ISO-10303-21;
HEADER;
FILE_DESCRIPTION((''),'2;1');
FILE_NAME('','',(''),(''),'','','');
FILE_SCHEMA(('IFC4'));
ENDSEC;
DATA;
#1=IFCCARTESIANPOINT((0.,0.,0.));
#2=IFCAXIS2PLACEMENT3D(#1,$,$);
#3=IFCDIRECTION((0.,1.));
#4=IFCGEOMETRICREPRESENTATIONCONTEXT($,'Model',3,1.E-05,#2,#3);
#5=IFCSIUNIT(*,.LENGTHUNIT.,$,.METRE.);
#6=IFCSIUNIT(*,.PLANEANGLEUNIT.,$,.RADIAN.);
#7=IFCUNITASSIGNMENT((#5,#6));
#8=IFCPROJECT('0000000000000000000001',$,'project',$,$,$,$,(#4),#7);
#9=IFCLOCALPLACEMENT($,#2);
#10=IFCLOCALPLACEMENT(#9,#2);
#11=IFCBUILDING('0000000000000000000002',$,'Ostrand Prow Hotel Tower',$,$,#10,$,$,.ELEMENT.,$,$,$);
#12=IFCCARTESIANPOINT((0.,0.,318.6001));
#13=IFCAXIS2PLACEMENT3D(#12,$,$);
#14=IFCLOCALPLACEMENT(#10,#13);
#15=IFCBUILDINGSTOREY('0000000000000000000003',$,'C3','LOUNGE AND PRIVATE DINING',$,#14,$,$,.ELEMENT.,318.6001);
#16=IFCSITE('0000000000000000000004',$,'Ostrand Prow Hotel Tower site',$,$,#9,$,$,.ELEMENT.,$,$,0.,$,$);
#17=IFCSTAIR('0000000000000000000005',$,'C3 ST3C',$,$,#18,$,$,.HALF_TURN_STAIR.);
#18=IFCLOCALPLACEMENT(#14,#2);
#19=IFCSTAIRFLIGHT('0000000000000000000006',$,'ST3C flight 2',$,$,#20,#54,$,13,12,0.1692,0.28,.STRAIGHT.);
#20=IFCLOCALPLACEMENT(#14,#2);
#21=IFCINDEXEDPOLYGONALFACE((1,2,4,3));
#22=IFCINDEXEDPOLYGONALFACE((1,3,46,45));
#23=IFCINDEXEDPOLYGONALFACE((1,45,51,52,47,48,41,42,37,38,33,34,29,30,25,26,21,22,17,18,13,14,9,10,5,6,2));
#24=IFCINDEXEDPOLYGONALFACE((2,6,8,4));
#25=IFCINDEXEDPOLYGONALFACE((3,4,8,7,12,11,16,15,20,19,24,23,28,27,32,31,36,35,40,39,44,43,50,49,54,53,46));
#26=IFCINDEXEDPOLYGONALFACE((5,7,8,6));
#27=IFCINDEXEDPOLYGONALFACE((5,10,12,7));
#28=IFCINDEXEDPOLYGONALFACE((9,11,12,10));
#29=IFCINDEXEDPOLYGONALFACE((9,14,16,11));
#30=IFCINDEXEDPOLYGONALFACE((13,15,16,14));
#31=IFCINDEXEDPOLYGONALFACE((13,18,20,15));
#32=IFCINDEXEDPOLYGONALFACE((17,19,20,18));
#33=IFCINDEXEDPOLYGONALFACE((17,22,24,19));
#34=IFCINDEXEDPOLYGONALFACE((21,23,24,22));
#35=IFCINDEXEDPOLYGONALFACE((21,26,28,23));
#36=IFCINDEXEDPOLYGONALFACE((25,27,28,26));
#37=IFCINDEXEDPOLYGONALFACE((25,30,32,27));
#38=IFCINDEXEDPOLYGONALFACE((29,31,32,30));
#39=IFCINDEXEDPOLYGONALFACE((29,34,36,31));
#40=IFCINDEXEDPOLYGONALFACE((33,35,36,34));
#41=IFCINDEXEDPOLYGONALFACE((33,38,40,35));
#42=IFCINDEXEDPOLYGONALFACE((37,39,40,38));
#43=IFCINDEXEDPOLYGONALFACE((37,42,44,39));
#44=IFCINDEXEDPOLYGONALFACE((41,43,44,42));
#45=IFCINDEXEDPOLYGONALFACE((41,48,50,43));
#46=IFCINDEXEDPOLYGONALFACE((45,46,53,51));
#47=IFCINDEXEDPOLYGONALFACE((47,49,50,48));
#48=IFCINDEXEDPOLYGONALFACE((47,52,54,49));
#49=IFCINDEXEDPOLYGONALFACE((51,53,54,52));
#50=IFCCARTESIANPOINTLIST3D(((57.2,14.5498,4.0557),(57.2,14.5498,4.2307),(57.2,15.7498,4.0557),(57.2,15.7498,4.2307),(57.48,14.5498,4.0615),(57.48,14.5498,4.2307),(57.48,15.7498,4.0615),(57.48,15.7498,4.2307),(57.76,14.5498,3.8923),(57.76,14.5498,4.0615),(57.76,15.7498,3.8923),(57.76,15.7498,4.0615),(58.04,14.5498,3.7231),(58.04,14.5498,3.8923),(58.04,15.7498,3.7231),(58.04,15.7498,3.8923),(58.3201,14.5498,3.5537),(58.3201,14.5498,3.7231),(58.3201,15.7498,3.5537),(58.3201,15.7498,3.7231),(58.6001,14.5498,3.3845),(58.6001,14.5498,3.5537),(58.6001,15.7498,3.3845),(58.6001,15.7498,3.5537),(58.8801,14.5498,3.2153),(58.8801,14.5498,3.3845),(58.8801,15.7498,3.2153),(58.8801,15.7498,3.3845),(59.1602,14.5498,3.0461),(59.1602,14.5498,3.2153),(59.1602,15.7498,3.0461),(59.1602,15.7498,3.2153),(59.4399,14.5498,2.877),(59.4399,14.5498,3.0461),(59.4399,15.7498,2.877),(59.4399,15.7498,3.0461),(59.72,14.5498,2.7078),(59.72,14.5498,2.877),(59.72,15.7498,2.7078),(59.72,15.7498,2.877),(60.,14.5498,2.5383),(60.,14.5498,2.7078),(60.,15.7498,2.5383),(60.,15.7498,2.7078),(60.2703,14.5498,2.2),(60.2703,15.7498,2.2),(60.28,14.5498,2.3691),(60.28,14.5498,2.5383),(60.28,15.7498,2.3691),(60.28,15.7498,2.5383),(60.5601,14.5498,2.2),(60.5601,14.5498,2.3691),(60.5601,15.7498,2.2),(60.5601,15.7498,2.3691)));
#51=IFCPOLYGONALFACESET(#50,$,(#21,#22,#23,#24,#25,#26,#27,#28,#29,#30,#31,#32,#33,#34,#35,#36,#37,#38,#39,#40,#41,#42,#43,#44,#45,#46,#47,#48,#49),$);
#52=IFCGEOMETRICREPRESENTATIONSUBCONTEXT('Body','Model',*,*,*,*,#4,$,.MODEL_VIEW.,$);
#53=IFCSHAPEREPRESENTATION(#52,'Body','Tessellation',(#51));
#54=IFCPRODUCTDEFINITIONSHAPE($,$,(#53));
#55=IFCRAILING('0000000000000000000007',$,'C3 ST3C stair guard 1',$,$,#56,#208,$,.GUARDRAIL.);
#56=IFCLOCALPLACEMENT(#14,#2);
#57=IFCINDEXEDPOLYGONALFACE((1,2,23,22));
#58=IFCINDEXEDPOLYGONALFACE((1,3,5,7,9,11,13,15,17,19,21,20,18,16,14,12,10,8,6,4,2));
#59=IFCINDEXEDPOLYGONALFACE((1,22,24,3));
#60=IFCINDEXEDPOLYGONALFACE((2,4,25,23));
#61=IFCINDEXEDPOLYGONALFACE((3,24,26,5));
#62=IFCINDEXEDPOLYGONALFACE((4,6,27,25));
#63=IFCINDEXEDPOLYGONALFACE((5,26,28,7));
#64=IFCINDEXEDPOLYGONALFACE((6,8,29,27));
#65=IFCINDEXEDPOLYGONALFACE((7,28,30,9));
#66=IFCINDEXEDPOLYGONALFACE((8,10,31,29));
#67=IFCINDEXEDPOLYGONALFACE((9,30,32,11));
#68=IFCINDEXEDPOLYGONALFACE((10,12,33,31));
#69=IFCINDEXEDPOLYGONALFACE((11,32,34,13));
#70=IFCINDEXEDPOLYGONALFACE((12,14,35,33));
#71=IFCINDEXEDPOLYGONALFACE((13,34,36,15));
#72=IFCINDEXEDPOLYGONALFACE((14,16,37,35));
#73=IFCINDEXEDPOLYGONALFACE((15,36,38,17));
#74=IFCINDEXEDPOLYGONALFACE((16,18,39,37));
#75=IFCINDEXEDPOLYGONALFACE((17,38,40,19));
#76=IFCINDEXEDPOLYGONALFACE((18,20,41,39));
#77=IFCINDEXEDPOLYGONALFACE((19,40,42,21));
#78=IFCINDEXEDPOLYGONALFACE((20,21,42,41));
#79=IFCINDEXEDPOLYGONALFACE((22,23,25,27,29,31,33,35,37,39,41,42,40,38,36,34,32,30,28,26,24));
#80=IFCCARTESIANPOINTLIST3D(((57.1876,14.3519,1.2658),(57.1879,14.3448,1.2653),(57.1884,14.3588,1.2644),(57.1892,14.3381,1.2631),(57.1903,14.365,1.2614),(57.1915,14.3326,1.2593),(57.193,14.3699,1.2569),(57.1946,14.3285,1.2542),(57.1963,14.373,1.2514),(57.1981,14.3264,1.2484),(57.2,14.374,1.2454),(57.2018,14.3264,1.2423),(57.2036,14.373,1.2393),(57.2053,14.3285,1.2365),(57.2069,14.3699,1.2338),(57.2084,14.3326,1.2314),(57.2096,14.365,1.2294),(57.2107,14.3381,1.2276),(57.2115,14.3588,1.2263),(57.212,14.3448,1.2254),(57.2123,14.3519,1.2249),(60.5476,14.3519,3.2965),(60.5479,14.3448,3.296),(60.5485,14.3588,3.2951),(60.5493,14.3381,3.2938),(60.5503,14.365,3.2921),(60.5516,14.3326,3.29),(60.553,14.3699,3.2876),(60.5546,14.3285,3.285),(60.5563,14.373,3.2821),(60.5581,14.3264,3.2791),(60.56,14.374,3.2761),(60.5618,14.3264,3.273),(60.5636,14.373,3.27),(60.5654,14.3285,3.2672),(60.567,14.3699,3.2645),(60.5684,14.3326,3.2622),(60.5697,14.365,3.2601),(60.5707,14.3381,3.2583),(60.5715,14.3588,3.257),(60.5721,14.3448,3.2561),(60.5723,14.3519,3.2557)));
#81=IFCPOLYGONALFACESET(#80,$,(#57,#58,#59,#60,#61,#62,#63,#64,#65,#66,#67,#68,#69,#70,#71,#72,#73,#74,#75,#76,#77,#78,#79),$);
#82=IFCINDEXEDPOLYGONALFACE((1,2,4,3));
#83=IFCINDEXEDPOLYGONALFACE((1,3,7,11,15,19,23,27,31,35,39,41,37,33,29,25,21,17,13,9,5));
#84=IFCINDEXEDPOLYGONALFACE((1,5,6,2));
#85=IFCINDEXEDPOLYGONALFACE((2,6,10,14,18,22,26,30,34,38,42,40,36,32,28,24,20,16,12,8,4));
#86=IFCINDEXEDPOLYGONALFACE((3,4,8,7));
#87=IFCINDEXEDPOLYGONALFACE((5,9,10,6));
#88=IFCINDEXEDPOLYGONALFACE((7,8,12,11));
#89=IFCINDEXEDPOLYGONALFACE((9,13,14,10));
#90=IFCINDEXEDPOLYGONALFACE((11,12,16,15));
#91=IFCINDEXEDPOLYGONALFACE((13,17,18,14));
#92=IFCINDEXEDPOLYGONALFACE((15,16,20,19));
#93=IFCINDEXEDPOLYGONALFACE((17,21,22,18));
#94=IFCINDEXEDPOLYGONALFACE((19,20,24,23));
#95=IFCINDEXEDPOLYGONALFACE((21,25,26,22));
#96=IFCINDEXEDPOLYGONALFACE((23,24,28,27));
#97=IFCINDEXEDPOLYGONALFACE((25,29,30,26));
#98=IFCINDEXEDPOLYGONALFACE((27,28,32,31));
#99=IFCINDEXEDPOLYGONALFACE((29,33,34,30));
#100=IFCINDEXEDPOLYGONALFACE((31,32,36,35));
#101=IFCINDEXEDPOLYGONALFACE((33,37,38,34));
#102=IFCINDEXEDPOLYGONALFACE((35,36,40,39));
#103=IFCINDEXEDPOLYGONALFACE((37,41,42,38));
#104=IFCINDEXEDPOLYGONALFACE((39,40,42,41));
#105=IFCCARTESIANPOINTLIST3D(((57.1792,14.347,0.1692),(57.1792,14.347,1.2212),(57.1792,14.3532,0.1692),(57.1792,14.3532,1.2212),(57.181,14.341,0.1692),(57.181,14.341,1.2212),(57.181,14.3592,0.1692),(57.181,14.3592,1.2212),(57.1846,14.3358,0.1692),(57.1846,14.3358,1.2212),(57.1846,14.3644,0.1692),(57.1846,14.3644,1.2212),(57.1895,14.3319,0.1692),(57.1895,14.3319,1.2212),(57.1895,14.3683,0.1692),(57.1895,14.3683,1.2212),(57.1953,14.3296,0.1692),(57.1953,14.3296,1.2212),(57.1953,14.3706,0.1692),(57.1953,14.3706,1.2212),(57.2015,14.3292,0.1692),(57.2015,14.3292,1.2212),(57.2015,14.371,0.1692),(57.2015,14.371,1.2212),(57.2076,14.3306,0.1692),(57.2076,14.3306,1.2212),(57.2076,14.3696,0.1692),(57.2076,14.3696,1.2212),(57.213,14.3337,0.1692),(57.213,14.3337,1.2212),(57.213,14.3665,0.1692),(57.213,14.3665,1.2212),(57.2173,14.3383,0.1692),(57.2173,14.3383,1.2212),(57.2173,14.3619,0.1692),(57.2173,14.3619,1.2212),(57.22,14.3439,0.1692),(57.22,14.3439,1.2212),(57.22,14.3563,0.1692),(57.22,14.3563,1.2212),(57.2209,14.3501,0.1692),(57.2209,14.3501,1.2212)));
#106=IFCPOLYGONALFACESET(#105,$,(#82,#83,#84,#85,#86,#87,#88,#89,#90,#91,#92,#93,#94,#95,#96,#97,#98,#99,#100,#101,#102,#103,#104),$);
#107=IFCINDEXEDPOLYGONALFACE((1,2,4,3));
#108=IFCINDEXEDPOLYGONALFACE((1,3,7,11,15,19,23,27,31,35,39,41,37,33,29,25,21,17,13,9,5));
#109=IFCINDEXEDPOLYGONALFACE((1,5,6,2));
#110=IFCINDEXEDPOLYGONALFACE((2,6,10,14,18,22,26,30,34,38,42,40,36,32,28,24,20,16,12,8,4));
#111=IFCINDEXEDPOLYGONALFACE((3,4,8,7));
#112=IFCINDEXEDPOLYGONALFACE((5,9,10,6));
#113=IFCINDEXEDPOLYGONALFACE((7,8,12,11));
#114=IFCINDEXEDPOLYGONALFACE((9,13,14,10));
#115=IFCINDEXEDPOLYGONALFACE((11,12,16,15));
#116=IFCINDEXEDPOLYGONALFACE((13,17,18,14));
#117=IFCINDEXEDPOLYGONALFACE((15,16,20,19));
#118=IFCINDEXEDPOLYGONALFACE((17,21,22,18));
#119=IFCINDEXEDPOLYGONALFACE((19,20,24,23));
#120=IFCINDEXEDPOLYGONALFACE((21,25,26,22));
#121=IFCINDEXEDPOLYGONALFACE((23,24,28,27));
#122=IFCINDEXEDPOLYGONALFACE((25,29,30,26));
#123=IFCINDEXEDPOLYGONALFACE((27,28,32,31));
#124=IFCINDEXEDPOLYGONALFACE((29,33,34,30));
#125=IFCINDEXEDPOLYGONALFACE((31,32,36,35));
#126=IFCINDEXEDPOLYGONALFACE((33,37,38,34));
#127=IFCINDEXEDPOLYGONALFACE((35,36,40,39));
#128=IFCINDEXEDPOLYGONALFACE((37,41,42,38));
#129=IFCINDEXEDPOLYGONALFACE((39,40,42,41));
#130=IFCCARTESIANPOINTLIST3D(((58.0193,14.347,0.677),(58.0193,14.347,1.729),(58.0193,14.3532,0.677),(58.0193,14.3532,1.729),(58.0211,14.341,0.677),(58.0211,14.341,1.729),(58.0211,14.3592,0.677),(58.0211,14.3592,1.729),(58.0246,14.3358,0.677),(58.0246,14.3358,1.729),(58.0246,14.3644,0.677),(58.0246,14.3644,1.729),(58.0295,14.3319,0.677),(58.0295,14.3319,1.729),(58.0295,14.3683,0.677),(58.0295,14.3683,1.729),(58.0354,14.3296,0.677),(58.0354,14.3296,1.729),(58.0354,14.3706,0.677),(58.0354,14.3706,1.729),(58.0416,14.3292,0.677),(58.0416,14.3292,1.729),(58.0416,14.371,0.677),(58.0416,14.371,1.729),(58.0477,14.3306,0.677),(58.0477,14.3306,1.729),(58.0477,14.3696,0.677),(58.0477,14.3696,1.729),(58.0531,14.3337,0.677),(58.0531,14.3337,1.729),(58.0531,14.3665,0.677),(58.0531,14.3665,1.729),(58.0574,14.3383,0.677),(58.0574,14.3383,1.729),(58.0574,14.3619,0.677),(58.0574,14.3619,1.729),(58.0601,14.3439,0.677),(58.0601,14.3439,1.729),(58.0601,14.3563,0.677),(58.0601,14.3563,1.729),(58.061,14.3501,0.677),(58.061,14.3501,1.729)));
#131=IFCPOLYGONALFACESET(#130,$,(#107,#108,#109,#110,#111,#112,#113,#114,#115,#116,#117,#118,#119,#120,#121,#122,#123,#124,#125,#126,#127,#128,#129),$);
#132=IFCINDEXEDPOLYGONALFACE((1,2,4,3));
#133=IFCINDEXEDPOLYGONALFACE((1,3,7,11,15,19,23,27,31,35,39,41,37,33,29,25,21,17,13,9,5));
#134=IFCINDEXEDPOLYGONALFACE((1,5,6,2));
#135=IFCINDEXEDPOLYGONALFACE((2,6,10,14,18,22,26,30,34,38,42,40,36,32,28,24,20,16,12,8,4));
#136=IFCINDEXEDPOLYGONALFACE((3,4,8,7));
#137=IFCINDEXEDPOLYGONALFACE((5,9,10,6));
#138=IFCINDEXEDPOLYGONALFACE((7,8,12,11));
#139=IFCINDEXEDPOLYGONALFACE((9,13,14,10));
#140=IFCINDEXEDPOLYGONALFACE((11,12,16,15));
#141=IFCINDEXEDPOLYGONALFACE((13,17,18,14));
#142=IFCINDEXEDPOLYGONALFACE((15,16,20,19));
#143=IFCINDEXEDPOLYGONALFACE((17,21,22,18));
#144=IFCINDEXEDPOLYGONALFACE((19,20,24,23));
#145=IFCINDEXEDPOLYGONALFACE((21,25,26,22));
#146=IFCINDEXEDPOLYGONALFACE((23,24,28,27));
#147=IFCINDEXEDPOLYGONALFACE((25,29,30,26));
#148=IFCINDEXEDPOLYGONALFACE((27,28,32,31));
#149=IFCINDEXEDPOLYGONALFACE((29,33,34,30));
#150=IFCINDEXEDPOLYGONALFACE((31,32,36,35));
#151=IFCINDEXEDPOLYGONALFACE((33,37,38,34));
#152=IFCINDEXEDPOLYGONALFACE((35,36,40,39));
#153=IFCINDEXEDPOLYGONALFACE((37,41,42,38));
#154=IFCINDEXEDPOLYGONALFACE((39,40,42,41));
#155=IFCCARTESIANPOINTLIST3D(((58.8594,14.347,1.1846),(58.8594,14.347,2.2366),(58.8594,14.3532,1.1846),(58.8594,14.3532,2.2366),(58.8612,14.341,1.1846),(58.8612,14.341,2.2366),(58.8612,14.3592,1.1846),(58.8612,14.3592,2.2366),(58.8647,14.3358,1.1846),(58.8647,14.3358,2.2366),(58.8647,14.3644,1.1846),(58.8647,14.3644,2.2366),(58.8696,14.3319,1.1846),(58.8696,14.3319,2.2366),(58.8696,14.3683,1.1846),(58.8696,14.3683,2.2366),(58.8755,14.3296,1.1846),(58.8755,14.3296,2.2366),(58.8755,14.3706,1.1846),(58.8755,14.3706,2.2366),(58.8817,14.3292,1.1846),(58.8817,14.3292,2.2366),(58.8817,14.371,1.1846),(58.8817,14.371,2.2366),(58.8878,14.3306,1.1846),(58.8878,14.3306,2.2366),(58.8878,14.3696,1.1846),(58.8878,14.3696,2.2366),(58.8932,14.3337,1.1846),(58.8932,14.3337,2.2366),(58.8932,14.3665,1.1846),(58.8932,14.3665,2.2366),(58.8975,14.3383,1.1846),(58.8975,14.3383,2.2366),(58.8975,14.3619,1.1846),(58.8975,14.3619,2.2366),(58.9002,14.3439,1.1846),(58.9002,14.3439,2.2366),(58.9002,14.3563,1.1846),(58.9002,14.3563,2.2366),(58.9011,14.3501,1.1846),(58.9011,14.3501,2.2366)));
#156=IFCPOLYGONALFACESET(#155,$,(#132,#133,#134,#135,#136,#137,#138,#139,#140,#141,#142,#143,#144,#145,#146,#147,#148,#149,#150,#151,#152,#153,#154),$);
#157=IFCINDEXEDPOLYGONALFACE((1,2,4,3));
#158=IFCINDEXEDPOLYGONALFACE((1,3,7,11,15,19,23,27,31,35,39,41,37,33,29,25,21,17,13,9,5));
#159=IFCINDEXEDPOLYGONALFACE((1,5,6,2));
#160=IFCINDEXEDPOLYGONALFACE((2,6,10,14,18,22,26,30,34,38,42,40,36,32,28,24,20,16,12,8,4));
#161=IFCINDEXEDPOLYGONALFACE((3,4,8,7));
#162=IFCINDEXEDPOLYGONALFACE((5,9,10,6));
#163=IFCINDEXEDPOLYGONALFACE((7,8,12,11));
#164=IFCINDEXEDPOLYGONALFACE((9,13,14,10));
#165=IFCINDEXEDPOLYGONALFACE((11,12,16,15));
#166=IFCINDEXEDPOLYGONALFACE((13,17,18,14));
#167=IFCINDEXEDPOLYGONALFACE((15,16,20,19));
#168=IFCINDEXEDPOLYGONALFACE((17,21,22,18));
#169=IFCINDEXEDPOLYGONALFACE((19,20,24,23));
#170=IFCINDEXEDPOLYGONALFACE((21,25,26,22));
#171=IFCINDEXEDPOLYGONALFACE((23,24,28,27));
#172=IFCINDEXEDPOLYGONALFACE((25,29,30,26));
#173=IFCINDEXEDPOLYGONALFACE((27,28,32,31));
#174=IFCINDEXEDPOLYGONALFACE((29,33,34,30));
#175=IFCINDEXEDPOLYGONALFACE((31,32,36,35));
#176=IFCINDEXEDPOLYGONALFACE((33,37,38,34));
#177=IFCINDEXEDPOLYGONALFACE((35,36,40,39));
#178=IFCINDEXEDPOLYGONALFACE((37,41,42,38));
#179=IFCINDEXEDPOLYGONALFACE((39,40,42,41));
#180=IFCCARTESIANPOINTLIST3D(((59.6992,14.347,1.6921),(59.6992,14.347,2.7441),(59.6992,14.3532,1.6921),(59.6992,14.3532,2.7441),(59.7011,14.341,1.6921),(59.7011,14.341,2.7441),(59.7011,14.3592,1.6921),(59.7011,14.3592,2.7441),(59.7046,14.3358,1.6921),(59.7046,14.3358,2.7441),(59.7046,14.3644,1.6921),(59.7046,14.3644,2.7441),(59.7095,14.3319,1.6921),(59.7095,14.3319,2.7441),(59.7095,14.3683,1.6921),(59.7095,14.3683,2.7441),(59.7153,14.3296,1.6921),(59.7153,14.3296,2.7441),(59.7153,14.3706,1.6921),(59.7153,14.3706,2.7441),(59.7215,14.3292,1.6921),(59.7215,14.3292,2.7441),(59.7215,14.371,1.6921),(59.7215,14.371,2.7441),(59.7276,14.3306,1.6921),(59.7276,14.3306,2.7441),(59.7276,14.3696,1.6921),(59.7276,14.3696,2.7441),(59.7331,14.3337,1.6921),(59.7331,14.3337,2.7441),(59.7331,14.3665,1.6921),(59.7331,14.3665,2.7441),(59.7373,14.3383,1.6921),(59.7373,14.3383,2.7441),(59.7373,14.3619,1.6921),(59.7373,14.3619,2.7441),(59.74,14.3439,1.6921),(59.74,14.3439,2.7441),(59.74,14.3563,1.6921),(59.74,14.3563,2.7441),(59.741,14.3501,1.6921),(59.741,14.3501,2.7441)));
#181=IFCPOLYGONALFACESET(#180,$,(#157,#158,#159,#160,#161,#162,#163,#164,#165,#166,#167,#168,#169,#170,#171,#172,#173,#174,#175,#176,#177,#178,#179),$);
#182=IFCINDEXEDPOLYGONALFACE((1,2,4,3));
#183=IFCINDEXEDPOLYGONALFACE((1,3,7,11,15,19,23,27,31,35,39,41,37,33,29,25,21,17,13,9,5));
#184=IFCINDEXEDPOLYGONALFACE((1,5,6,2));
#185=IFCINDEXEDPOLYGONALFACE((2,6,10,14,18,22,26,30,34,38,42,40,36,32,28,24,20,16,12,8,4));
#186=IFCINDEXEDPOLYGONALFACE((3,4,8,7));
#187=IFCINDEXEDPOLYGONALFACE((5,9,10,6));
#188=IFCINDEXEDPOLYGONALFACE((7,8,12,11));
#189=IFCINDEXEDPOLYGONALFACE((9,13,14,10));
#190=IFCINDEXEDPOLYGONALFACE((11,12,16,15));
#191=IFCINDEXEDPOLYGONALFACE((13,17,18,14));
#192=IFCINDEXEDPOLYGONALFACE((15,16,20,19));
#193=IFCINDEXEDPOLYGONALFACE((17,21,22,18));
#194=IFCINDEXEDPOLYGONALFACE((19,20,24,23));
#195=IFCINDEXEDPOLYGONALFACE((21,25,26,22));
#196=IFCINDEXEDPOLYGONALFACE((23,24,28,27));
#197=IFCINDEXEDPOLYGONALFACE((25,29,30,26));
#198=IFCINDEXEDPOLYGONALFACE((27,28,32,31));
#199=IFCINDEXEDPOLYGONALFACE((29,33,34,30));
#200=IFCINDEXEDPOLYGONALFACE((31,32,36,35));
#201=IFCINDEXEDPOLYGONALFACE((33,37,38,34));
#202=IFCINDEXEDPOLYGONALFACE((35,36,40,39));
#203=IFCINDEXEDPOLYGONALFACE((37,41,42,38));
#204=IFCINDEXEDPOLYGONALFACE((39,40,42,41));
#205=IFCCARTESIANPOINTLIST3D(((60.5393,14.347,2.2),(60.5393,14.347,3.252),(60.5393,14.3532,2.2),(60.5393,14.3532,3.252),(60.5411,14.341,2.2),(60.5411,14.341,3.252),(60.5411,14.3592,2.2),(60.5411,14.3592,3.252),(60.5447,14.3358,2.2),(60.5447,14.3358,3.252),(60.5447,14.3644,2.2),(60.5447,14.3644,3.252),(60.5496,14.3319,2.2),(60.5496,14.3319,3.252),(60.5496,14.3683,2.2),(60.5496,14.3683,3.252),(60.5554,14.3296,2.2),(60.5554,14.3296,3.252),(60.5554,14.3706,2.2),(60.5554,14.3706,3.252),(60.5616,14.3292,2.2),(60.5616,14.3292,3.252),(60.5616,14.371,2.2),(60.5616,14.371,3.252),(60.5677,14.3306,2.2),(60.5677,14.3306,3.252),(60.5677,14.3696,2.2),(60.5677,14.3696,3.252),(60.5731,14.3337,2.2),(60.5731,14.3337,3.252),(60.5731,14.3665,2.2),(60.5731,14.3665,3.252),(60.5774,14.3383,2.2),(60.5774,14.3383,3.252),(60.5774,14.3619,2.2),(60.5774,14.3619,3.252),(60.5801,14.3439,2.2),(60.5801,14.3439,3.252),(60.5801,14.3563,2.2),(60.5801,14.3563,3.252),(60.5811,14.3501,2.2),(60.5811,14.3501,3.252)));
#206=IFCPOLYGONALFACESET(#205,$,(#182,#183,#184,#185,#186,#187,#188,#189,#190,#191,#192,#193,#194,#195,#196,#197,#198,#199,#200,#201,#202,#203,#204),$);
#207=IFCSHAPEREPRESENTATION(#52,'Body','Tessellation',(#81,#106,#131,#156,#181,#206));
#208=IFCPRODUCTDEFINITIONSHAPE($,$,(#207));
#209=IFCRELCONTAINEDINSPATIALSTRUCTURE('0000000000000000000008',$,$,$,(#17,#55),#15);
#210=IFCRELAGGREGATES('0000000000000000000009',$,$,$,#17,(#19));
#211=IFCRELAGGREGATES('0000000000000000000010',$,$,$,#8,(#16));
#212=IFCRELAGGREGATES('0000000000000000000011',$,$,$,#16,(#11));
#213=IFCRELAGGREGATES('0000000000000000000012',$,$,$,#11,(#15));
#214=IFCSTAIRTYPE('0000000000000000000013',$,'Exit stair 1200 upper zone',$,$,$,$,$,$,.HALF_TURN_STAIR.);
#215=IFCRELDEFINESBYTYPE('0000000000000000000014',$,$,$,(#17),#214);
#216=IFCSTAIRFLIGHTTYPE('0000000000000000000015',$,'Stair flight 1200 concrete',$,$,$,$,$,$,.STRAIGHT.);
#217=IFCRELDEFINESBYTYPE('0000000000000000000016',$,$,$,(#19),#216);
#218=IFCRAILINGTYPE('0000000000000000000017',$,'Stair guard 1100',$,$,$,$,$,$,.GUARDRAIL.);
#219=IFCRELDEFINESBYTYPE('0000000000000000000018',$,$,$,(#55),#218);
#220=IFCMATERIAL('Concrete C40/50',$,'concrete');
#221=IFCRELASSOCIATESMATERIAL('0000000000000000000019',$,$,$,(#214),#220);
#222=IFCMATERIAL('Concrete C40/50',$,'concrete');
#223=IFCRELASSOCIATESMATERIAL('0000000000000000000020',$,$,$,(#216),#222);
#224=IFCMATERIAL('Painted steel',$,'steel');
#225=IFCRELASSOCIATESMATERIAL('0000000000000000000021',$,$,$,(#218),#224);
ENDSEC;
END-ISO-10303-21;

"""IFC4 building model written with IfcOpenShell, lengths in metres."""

from ifc_helpers import new_model, si_unit, direction, frame, origin, origin_2d, place, context, subcontext, project, spatial, polyline, circle, outline, extrude, material, type_object, element, aggregate, save


model = new_model("IFC4")

# Units and contexts
model_context = context("Model", 3, precision=1e-05, world=origin(), true_north=direction((0.0, 1.0)))
body_context = subcontext(model_context, "Body", "Model", "MODEL_VIEW")
ifc_project = project(units=[si_unit("LENGTHUNIT", "METRE"), si_unit("PLANEANGLEUNIT", "RADIAN")], contexts=[model_context])

# Site, building, storey
site_placement = place(None, origin())
site = spatial("IfcSite", under=ifc_project, at=site_placement, Name="Ostrand Prow Hotel Tower site", CompositionType="ELEMENT", RefElevation=0.0)
building_placement = place(site_placement, origin())
building = spatial("IfcBuilding", under=site, at=building_placement, Name="Ostrand Prow Hotel Tower", CompositionType="ELEMENT")
storey_placement = place(building_placement, frame((0.0, 0.0, 318.6001)))
storey = spatial("IfcBuildingStorey", under=building, at=storey_placement, Name="C3", Description="LOUNGE AND PRIVATE DINING", CompositionType="ELEMENT", Elevation=318.6001)

# Stair, stair flight
ifc_material_1 = material(Name="Concrete C40/50", Category="concrete")
stair_type = type_object("IfcStairType", Name="Exit stair 1200 upper zone", PredefinedType="HALF_TURN_STAIR", material=ifc_material_1)
stair_placement = place(storey_placement, origin())
stair = element("IfcStair", 1, at=stair_placement, inside=storey, type_object=stair_type, Name="C3 ST3C", PredefinedType="HALF_TURN_STAIR")
ifc_material_2 = material(Name="Concrete C40/50", Category="concrete")
stair_flight_type = type_object("IfcStairFlightType", Name="Stair flight 1200 concrete", PredefinedType="STRAIGHT", material=ifc_material_2)
stair_flight_1_placement = place(storey_placement, frame((60.5601, 15.1499, 2.2), z_axis=(0.0, 0.0, 1.0), x_axis=(-1.0, 0.0, 0.0)))
stair_flight_1 = element("IfcStairFlight", 2, at=stair_flight_1_placement, type_object=stair_flight_type, Name="ST3C flight 2", NumberOfRisers=13, NumberOfTreads=12, PredefinedType="STRAIGHT", RiserHeight=0.1692, TreadLength=0.28, context=body_context, shape_type="SweptSolid", body=[
    extrude(outline(polyline([(0.0, 0.0), (0.0, 0.1692), (0.28, 0.1692), (0.28, 0.3384), (0.5601, 0.3384), (0.5601, 0.5078), (0.8401, 0.5078), (0.8401, 0.677), (1.1201, 0.677), (1.1201, 0.8462), (1.3999, 0.8462), (1.3999, 1.0154), (1.6799, 1.0154), (1.6799, 1.1846), (1.96, 1.1846), (1.96, 1.3538), (2.24, 1.3538), (2.24, 1.5232), (2.52, 1.5232), (2.52, 1.6924), (2.8, 1.6924), (2.8, 1.8616), (3.0801, 1.8616), (3.0801, 2.0308), (3.3601, 2.0308), (3.3601, 2.2), (3.3601, 1.8557), (0.2898, 0.0), (0.0, 0.0)])), frame((0.0, 0.6001, 0.0), z_axis=(0.0, -1.0, 0.0), x_axis=(1.0, 0.0, 0.0)), (0.0, 0.0, 1.0), 1.2),
])
aggregate(stair, [stair_flight_1])

# Railing
ifc_material_3 = material(Name="Painted steel", Category="steel")
railing_type_1 = type_object("IfcRailingType", Name="Stair guard 1100", PredefinedType="GUARDRAIL", material=ifc_material_3)
railing_1_placement = place(storey_placement, frame((57.2, 14.3501, 0.1692)))
element("IfcRailing", 3, at=railing_1_placement, inside=storey, type_object=railing_type_1, Name="C3 ST3C stair guard 1", PredefinedType="GUARDRAIL", context=body_context, shape_type="SweptSolid", body=[
    extrude(circle(Radius=0.0239, at=origin_2d()), frame((0.0, 0.0, 1.0762), z_axis=(0.855837, 0.0, 0.517246), x_axis=(0.0, 1.0, 0.0)), (0.0, 0.0, 1.0), 3.926),
    extrude(circle(Radius=0.021, at=origin_2d()), origin(), (0.0, 0.0, 1.0), 1.052),
    extrude(circle(Radius=0.021, at=origin_2d()), frame((0.8401, 0.0, 0.5078)), (0.0, 0.0, 1.0), 1.052),
    extrude(circle(Radius=0.021, at=origin_2d()), frame((1.6802, 0.0, 1.0154)), (0.0, 0.0, 1.0), 1.052),
    extrude(circle(Radius=0.021, at=origin_2d()), frame((2.52, 0.0, 1.5229)), (0.0, 0.0, 1.0), 1.052),
    extrude(circle(Radius=0.021, at=origin_2d()), frame((3.3601, 0.0, 2.0308)), (0.0, 0.0, 1.0), 1.052),
])

save(model, "model.ifc")
